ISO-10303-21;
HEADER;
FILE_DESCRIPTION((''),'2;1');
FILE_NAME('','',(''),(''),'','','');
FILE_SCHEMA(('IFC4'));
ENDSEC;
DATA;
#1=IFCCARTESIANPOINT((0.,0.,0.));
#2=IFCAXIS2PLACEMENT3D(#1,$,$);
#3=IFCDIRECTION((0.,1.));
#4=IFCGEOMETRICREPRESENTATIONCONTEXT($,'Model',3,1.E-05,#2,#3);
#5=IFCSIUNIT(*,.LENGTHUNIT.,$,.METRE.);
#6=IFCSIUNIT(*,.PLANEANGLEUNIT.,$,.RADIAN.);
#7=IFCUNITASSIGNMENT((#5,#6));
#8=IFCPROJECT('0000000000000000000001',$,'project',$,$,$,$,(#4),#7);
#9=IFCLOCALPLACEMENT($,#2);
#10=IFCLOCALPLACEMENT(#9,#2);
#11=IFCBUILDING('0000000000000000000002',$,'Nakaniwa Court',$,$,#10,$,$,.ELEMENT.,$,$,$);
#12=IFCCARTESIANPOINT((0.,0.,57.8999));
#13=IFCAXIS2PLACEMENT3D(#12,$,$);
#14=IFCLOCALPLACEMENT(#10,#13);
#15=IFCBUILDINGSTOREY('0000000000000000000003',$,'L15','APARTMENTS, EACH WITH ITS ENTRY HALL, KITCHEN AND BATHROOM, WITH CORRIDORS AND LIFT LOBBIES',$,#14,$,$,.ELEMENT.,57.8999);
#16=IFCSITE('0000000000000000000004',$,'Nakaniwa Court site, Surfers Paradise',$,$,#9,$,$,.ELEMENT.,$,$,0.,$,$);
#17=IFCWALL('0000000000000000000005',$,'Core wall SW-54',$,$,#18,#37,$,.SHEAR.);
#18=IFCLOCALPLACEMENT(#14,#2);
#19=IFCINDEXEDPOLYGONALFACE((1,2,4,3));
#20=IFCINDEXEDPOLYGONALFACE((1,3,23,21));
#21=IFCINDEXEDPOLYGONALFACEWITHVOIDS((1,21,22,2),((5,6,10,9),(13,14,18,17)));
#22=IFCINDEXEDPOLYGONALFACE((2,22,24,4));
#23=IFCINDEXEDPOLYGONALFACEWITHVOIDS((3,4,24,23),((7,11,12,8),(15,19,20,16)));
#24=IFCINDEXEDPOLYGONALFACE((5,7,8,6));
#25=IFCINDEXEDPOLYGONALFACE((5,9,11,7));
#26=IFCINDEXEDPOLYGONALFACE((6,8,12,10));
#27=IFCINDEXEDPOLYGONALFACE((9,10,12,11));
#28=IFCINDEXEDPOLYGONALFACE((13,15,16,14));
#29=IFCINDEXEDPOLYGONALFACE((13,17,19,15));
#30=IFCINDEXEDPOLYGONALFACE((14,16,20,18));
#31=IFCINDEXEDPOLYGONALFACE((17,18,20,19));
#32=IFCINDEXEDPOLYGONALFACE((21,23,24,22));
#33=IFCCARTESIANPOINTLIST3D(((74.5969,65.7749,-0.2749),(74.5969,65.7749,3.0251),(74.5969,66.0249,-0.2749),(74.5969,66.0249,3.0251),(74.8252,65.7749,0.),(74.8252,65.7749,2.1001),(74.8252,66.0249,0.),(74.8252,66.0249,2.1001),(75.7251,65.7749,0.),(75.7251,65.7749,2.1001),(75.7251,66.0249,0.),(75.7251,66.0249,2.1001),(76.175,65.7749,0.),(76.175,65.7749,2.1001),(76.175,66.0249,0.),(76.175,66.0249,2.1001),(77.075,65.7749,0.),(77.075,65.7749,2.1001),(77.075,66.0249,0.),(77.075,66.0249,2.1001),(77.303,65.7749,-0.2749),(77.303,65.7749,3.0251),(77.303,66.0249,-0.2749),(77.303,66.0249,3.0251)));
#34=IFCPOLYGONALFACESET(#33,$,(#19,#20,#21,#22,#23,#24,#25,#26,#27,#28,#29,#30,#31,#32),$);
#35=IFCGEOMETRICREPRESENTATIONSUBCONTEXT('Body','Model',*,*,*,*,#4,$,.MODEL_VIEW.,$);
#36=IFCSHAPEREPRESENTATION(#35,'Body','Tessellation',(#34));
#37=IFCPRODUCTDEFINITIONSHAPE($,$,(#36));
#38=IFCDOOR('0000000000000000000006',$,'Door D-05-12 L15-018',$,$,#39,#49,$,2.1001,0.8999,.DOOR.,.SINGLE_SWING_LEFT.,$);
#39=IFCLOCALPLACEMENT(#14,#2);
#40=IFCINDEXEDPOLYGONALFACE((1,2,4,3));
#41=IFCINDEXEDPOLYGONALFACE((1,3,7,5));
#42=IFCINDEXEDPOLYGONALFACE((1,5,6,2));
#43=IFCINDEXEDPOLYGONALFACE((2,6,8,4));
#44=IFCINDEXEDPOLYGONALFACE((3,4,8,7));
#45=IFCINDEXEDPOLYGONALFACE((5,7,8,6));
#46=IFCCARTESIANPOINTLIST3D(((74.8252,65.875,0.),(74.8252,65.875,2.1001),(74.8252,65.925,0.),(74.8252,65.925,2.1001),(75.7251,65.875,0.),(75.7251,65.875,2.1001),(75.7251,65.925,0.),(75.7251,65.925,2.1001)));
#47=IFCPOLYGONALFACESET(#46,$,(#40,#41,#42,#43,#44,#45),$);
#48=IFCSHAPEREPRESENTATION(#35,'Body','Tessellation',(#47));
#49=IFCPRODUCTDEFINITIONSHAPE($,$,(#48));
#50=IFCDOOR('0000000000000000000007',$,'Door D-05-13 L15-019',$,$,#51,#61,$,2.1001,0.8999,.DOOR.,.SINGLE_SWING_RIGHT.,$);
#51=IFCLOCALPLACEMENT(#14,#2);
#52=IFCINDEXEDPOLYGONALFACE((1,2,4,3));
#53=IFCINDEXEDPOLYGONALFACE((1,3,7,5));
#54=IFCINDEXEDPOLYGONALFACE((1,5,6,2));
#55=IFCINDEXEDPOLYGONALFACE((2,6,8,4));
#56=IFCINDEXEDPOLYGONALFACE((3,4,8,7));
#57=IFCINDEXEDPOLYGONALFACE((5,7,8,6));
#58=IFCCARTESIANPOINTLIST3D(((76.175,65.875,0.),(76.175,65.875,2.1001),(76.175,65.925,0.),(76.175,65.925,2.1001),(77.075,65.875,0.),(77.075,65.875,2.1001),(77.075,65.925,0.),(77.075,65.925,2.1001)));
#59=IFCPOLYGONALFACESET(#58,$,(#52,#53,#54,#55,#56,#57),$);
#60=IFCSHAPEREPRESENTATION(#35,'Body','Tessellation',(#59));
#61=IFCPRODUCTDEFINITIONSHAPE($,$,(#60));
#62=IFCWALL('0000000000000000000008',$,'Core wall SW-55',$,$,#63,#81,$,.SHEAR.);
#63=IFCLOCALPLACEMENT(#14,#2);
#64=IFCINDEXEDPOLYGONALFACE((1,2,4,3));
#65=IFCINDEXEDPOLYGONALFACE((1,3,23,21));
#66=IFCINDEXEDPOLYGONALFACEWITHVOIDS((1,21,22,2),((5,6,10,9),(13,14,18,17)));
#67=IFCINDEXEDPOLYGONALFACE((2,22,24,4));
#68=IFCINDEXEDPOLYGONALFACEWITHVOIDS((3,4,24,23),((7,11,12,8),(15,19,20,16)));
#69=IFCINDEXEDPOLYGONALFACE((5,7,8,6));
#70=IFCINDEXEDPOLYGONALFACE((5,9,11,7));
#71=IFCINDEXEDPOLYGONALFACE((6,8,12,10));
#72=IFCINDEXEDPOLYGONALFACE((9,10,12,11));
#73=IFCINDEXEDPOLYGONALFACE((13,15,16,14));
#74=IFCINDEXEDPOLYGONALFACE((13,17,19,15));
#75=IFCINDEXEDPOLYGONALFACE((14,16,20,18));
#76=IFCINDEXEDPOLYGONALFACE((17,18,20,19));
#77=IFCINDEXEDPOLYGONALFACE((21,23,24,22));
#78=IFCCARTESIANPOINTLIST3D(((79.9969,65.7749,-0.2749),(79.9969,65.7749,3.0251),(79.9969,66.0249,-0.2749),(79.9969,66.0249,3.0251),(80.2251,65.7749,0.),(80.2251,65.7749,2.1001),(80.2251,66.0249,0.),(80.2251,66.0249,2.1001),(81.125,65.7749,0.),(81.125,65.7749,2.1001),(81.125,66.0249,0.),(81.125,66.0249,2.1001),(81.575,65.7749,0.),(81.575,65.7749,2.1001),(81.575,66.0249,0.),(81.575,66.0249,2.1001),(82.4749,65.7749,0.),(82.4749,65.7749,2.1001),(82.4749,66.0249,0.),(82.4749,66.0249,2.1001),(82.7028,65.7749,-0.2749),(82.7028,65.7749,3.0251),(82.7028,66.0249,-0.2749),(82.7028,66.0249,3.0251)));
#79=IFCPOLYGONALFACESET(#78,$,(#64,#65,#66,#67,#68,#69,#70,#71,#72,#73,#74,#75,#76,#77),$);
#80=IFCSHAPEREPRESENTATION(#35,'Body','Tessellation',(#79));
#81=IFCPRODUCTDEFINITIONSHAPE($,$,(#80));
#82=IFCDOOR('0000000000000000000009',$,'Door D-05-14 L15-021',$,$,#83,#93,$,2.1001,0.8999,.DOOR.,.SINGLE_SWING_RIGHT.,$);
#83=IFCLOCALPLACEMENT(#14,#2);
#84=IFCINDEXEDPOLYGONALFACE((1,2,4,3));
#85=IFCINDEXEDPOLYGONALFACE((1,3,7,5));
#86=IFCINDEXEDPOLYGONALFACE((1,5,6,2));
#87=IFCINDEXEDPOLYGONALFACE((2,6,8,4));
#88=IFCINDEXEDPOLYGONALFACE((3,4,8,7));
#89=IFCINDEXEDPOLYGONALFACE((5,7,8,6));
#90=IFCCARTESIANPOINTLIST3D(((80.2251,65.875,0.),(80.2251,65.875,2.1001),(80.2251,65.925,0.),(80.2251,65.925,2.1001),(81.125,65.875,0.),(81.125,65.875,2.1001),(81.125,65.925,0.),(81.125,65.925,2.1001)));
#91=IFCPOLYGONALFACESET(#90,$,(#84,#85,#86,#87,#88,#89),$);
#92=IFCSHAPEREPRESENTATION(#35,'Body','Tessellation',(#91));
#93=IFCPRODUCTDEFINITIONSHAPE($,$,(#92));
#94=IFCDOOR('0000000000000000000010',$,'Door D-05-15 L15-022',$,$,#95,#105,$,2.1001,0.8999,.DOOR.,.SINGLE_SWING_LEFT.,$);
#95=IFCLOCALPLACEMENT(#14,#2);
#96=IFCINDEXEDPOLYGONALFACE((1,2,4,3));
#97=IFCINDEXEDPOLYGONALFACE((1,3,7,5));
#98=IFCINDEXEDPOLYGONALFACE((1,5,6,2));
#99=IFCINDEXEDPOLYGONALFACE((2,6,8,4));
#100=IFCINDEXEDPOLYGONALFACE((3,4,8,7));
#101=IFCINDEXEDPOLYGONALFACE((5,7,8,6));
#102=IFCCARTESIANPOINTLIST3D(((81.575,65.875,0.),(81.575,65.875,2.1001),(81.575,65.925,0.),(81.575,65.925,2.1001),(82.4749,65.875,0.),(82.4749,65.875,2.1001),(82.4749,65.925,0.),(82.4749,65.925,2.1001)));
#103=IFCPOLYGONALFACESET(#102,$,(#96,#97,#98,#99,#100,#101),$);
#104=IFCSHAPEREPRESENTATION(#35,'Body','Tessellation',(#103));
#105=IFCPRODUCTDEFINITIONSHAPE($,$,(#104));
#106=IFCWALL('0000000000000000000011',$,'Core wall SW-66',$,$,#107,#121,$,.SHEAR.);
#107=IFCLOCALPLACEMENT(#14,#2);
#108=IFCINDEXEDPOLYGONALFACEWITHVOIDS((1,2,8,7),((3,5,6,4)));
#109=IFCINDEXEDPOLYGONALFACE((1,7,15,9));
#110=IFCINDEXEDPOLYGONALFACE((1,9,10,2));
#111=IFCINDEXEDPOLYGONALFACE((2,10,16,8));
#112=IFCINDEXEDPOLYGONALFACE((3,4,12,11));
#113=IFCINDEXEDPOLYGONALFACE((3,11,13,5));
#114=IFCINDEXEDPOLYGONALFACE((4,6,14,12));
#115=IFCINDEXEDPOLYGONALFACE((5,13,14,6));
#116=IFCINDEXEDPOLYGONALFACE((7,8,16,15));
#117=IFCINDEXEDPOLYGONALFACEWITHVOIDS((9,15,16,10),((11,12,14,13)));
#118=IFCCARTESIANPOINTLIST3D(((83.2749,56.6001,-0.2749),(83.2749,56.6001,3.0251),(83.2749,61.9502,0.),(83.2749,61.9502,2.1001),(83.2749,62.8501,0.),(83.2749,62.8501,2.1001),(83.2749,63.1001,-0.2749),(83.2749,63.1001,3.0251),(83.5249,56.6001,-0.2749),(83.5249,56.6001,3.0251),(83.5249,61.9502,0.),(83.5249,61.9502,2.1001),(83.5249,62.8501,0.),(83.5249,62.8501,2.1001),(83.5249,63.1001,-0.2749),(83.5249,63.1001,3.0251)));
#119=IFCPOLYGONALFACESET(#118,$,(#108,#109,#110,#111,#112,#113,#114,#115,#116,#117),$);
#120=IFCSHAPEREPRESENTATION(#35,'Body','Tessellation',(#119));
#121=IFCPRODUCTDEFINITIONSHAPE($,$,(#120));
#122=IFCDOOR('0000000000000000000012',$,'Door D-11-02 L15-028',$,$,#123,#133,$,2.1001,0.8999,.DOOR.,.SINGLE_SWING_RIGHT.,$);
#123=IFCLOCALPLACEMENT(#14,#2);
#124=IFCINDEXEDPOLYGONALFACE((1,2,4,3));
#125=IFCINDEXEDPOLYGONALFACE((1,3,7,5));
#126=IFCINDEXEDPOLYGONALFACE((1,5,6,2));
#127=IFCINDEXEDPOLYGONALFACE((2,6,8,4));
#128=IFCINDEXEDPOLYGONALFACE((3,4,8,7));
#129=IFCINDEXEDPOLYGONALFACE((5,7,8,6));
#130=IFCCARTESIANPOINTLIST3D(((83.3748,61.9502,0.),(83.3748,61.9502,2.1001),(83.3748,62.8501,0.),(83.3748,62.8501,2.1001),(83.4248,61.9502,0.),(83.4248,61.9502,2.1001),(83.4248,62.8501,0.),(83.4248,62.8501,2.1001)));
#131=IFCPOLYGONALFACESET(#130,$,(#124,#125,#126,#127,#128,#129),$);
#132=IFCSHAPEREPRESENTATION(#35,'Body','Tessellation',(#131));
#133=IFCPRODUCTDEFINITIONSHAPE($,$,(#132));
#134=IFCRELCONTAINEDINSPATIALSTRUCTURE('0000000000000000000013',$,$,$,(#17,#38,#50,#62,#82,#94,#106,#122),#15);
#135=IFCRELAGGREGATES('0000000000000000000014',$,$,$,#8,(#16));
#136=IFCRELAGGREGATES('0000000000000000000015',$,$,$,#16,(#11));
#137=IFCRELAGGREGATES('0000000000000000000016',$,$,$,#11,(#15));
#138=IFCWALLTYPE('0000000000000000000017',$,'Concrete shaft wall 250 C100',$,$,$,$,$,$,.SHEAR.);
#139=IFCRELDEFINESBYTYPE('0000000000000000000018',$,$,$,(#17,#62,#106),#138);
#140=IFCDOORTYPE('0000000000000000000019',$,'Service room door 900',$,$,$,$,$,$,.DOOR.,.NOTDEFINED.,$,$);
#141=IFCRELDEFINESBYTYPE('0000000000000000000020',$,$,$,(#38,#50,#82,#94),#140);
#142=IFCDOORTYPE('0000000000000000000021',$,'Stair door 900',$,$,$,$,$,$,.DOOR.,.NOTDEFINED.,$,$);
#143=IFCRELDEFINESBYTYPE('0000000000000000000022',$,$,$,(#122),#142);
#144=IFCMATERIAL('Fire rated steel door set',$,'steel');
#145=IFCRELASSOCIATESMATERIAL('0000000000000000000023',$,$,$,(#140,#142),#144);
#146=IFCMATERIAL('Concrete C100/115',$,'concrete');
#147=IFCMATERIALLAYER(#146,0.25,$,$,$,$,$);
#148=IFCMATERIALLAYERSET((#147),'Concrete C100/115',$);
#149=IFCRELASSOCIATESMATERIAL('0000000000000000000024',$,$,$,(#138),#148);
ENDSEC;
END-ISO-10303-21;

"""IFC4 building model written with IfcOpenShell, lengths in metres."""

from ifc_helpers import new_model, si_unit, direction, frame, frame_2d, origin, place, context, subcontext, project, spatial, rectangle, extrude, material, layer, layer_set, type_object, element, fill, save


model = new_model("IFC4")

# Units and contexts
model_context = context("Model", 3, precision=1e-05, world=origin(), true_north=direction((0.0, 1.0)))
body_context = subcontext(model_context, "Body", "Model", "MODEL_VIEW")
ifc_project = project(units=[si_unit("LENGTHUNIT", "METRE"), si_unit("PLANEANGLEUNIT", "RADIAN")], contexts=[model_context])

# Site, building, storey
site_placement = place(None, origin())
site = spatial("IfcSite", under=ifc_project, at=site_placement, Name="Nakaniwa Court site, Surfers Paradise", CompositionType="ELEMENT", RefElevation=0.0)
building_placement = place(site_placement, origin())
building = spatial("IfcBuilding", under=site, at=building_placement, Name="Nakaniwa Court", CompositionType="ELEMENT")
storey_placement = place(building_placement, frame((0.0, 0.0, 57.8999)))
storey = spatial("IfcBuildingStorey", under=building, at=storey_placement, Name="L15", Description="APARTMENTS, EACH WITH ITS ENTRY HALL, KITCHEN AND BATHROOM, WITH CORRIDORS AND LIFT LOBBIES", CompositionType="ELEMENT", Elevation=57.8999)

# Shared definitions
ifc_material_1 = material(Name="Fire rated steel door set", Category="steel")
door_type_1 = type_object("IfcDoorType", Name="Service room door 900", OperationType="NOTDEFINED", PredefinedType="DOOR", material=ifc_material_1)

# Shared definitions
ifc_material_2 = material(Name="Concrete C100/115", Category="concrete")
ifc_layer_1 = layer(ifc_material_2, 0.25)
ifc_layer_set_1 = layer_set([ifc_layer_1], Name="Concrete C100/115")
wall_type_1 = type_object("IfcWallType", Name="Concrete shaft wall 250 C100", PredefinedType="SHEAR", material=ifc_layer_set_1)

# Walls, openings, doors
wall_1_placement = place(storey_placement, frame((77.303, 65.8999, -0.2749), z_axis=(0.0, 0.0, 1.0), x_axis=(-1.0, 0.0, 0.0)))
wall_1 = element("IfcWall", 1, at=wall_1_placement, inside=storey, type_object=wall_type_1, Name="Core wall SW-54", PredefinedType="SHEAR", context=body_context, shape_type="SweptSolid", body=[
    extrude(rectangle(XDim=2.7061, YDim=0.25, at=frame_2d((1.353, 0.0))), origin(), (0.0, 0.0, 1.0), 3.3),
])
opening_1_placement = place(wall_1_placement, frame((1.5779, 0.0, 0.2749)))
opening_1 = element("IfcOpeningElement", 2, at=opening_1_placement, cuts=wall_1, PredefinedType="OPENING", context=body_context, shape_type="SweptSolid", body=[
    extrude(rectangle(XDim=0.8999, YDim=2.1001, at=frame_2d((0.45, 1.05))), frame((0.0, 0.135, 0.0), z_axis=(0.0, -1.0, 0.0), x_axis=(1.0, 0.0, 0.0)), (0.0, 0.0, 1.0), 0.27),
])
opening_2_placement = place(wall_1_placement, frame((0.228, 0.0, 0.2749)))
opening_2 = element("IfcOpeningElement", 3, at=opening_2_placement, cuts=wall_1, PredefinedType="OPENING", context=body_context, shape_type="SweptSolid", body=[
    extrude(rectangle(XDim=0.8999, YDim=2.1001, at=frame_2d((0.45, 1.05))), frame((0.0, 0.135, 0.0), z_axis=(0.0, -1.0, 0.0), x_axis=(1.0, 0.0, 0.0)), (0.0, 0.0, 1.0), 0.27),
])
door_1_placement = place(opening_1_placement, origin())
door_1 = element("IfcDoor", 4, at=door_1_placement, inside=storey, type_object=door_type_1, Name="Door D-05-12 L15-018", OperationType="SINGLE_SWING_LEFT", OverallHeight=2.1001, OverallWidth=0.8999, PredefinedType="DOOR", context=body_context, shape_type="SweptSolid", body=[
    extrude(rectangle(XDim=0.8999, YDim=2.1001, at=frame_2d((0.45, 1.05))), frame((0.0, 0.0249, 0.0), z_axis=(0.0, -1.0, 0.0), x_axis=(1.0, 0.0, 0.0)), (0.0, 0.0, 1.0), 0.05),
])
fill(opening_1, door_1)
door_2_placement = place(opening_2_placement, origin())
door_2 = element("IfcDoor", 5, at=door_2_placement, inside=storey, type_object=door_type_1, Name="Door D-05-13 L15-019", OperationType="SINGLE_SWING_RIGHT", OverallHeight=2.1001, OverallWidth=0.8999, PredefinedType="DOOR", context=body_context, shape_type="SweptSolid", body=[
    extrude(rectangle(XDim=0.8999, YDim=2.1001, at=frame_2d((0.45, 1.05))), frame((0.0, 0.0249, 0.0), z_axis=(0.0, -1.0, 0.0), x_axis=(1.0, 0.0, 0.0)), (0.0, 0.0, 1.0), 0.05),
])
fill(opening_2, door_2)
wall_2_placement = place(storey_placement, frame((82.7029, 65.8999, -0.2749), z_axis=(0.0, 0.0, 1.0), x_axis=(-1.0, 0.0, 0.0)))
wall_2 = element("IfcWall", 6, at=wall_2_placement, inside=storey, type_object=wall_type_1, Name="Core wall SW-55", PredefinedType="SHEAR", context=body_context, shape_type="SweptSolid", body=[
    extrude(rectangle(XDim=2.7058, YDim=0.25, at=frame_2d((1.353, 0.0))), origin(), (0.0, 0.0, 1.0), 3.3),
])
opening_3_placement = place(wall_2_placement, frame((1.5779, 0.0, 0.2749)))
opening_3 = element("IfcOpeningElement", 7, at=opening_3_placement, cuts=wall_2, PredefinedType="OPENING", context=body_context, shape_type="SweptSolid", body=[
    extrude(rectangle(XDim=0.8999, YDim=2.1001, at=frame_2d((0.45, 1.05))), frame((0.0, 0.135, 0.0), z_axis=(0.0, -1.0, 0.0), x_axis=(1.0, 0.0, 0.0)), (0.0, 0.0, 1.0), 0.27),
])
opening_4_placement = place(wall_2_placement, frame((0.228, 0.0, 0.2749)))
opening_4 = element("IfcOpeningElement", 8, at=opening_4_placement, cuts=wall_2, PredefinedType="OPENING", context=body_context, shape_type="SweptSolid", body=[
    extrude(rectangle(XDim=0.8999, YDim=2.1001, at=frame_2d((0.45, 1.05))), frame((0.0, 0.135, 0.0), z_axis=(0.0, -1.0, 0.0), x_axis=(1.0, 0.0, 0.0)), (0.0, 0.0, 1.0), 0.27),
])
door_3_placement = place(opening_3_placement, origin())
door_3 = element("IfcDoor", 9, at=door_3_placement, inside=storey, type_object=door_type_1, Name="Door D-05-14 L15-021", OperationType="SINGLE_SWING_RIGHT", OverallHeight=2.1001, OverallWidth=0.8999, PredefinedType="DOOR", context=body_context, shape_type="SweptSolid", body=[
    extrude(rectangle(XDim=0.8999, YDim=2.1001, at=frame_2d((0.45, 1.05))), frame((0.0, 0.0249, 0.0), z_axis=(0.0, -1.0, 0.0), x_axis=(1.0, 0.0, 0.0)), (0.0, 0.0, 1.0), 0.05),
])
fill(opening_3, door_3)
door_4_placement = place(opening_4_placement, origin())
door_4 = element("IfcDoor", 10, at=door_4_placement, inside=storey, type_object=door_type_1, Name="Door D-05-15 L15-022", OperationType="SINGLE_SWING_LEFT", OverallHeight=2.1001, OverallWidth=0.8999, PredefinedType="DOOR", context=body_context, shape_type="SweptSolid", body=[
    extrude(rectangle(XDim=0.8999, YDim=2.1001, at=frame_2d((0.45, 1.05))), frame((0.0, 0.0249, 0.0), z_axis=(0.0, -1.0, 0.0), x_axis=(1.0, 0.0, 0.0)), (0.0, 0.0, 1.0), 0.05),
])
fill(opening_4, door_4)

# Wall, opening, door
wall_3_placement = place(storey_placement, frame((83.3999, 63.1001, -0.2749), z_axis=(0.0, 0.0, 1.0), x_axis=(0.0, -1.0, 0.0)))
wall_3 = element("IfcWall", 11, at=wall_3_placement, inside=storey, type_object=wall_type_1, Name="Core wall SW-66", PredefinedType="SHEAR", context=body_context, shape_type="SweptSolid", body=[
    extrude(rectangle(XDim=6.5, YDim=0.25, at=frame_2d((3.25, 0.0))), origin(), (0.0, 0.0, 1.0), 3.3),
])
opening_5_placement = place(wall_3_placement, frame((0.25, 0.0, 0.2749)))
opening_5 = element("IfcOpeningElement", 12, at=opening_5_placement, cuts=wall_3, PredefinedType="OPENING", context=body_context, shape_type="SweptSolid", body=[
    extrude(rectangle(XDim=0.8999, YDim=2.1001, at=frame_2d((0.45, 1.05))), frame((0.0, 0.135, 0.0), z_axis=(0.0, -1.0, 0.0), x_axis=(1.0, 0.0, 0.0)), (0.0, 0.0, 1.0), 0.27),
])
door_type_2 = type_object("IfcDoorType", Name="Stair door 900", OperationType="NOTDEFINED", PredefinedType="DOOR", material=ifc_material_1)
door_5_placement = place(opening_5_placement, origin())
door_5 = element("IfcDoor", 13, at=door_5_placement, inside=storey, type_object=door_type_2, Name="Door D-11-02 L15-028", OperationType="SINGLE_SWING_RIGHT", OverallHeight=2.1001, OverallWidth=0.8999, PredefinedType="DOOR", context=body_context, shape_type="SweptSolid", body=[
    extrude(rectangle(XDim=0.8999, YDim=2.1001, at=frame_2d((0.45, 1.05))), frame((0.0, 0.0249, 0.0), z_axis=(0.0, -1.0, 0.0), x_axis=(1.0, 0.0, 0.0)), (0.0, 0.0, 1.0), 0.05),
])
fill(opening_5, door_5)

save(model, "model.ifc")
